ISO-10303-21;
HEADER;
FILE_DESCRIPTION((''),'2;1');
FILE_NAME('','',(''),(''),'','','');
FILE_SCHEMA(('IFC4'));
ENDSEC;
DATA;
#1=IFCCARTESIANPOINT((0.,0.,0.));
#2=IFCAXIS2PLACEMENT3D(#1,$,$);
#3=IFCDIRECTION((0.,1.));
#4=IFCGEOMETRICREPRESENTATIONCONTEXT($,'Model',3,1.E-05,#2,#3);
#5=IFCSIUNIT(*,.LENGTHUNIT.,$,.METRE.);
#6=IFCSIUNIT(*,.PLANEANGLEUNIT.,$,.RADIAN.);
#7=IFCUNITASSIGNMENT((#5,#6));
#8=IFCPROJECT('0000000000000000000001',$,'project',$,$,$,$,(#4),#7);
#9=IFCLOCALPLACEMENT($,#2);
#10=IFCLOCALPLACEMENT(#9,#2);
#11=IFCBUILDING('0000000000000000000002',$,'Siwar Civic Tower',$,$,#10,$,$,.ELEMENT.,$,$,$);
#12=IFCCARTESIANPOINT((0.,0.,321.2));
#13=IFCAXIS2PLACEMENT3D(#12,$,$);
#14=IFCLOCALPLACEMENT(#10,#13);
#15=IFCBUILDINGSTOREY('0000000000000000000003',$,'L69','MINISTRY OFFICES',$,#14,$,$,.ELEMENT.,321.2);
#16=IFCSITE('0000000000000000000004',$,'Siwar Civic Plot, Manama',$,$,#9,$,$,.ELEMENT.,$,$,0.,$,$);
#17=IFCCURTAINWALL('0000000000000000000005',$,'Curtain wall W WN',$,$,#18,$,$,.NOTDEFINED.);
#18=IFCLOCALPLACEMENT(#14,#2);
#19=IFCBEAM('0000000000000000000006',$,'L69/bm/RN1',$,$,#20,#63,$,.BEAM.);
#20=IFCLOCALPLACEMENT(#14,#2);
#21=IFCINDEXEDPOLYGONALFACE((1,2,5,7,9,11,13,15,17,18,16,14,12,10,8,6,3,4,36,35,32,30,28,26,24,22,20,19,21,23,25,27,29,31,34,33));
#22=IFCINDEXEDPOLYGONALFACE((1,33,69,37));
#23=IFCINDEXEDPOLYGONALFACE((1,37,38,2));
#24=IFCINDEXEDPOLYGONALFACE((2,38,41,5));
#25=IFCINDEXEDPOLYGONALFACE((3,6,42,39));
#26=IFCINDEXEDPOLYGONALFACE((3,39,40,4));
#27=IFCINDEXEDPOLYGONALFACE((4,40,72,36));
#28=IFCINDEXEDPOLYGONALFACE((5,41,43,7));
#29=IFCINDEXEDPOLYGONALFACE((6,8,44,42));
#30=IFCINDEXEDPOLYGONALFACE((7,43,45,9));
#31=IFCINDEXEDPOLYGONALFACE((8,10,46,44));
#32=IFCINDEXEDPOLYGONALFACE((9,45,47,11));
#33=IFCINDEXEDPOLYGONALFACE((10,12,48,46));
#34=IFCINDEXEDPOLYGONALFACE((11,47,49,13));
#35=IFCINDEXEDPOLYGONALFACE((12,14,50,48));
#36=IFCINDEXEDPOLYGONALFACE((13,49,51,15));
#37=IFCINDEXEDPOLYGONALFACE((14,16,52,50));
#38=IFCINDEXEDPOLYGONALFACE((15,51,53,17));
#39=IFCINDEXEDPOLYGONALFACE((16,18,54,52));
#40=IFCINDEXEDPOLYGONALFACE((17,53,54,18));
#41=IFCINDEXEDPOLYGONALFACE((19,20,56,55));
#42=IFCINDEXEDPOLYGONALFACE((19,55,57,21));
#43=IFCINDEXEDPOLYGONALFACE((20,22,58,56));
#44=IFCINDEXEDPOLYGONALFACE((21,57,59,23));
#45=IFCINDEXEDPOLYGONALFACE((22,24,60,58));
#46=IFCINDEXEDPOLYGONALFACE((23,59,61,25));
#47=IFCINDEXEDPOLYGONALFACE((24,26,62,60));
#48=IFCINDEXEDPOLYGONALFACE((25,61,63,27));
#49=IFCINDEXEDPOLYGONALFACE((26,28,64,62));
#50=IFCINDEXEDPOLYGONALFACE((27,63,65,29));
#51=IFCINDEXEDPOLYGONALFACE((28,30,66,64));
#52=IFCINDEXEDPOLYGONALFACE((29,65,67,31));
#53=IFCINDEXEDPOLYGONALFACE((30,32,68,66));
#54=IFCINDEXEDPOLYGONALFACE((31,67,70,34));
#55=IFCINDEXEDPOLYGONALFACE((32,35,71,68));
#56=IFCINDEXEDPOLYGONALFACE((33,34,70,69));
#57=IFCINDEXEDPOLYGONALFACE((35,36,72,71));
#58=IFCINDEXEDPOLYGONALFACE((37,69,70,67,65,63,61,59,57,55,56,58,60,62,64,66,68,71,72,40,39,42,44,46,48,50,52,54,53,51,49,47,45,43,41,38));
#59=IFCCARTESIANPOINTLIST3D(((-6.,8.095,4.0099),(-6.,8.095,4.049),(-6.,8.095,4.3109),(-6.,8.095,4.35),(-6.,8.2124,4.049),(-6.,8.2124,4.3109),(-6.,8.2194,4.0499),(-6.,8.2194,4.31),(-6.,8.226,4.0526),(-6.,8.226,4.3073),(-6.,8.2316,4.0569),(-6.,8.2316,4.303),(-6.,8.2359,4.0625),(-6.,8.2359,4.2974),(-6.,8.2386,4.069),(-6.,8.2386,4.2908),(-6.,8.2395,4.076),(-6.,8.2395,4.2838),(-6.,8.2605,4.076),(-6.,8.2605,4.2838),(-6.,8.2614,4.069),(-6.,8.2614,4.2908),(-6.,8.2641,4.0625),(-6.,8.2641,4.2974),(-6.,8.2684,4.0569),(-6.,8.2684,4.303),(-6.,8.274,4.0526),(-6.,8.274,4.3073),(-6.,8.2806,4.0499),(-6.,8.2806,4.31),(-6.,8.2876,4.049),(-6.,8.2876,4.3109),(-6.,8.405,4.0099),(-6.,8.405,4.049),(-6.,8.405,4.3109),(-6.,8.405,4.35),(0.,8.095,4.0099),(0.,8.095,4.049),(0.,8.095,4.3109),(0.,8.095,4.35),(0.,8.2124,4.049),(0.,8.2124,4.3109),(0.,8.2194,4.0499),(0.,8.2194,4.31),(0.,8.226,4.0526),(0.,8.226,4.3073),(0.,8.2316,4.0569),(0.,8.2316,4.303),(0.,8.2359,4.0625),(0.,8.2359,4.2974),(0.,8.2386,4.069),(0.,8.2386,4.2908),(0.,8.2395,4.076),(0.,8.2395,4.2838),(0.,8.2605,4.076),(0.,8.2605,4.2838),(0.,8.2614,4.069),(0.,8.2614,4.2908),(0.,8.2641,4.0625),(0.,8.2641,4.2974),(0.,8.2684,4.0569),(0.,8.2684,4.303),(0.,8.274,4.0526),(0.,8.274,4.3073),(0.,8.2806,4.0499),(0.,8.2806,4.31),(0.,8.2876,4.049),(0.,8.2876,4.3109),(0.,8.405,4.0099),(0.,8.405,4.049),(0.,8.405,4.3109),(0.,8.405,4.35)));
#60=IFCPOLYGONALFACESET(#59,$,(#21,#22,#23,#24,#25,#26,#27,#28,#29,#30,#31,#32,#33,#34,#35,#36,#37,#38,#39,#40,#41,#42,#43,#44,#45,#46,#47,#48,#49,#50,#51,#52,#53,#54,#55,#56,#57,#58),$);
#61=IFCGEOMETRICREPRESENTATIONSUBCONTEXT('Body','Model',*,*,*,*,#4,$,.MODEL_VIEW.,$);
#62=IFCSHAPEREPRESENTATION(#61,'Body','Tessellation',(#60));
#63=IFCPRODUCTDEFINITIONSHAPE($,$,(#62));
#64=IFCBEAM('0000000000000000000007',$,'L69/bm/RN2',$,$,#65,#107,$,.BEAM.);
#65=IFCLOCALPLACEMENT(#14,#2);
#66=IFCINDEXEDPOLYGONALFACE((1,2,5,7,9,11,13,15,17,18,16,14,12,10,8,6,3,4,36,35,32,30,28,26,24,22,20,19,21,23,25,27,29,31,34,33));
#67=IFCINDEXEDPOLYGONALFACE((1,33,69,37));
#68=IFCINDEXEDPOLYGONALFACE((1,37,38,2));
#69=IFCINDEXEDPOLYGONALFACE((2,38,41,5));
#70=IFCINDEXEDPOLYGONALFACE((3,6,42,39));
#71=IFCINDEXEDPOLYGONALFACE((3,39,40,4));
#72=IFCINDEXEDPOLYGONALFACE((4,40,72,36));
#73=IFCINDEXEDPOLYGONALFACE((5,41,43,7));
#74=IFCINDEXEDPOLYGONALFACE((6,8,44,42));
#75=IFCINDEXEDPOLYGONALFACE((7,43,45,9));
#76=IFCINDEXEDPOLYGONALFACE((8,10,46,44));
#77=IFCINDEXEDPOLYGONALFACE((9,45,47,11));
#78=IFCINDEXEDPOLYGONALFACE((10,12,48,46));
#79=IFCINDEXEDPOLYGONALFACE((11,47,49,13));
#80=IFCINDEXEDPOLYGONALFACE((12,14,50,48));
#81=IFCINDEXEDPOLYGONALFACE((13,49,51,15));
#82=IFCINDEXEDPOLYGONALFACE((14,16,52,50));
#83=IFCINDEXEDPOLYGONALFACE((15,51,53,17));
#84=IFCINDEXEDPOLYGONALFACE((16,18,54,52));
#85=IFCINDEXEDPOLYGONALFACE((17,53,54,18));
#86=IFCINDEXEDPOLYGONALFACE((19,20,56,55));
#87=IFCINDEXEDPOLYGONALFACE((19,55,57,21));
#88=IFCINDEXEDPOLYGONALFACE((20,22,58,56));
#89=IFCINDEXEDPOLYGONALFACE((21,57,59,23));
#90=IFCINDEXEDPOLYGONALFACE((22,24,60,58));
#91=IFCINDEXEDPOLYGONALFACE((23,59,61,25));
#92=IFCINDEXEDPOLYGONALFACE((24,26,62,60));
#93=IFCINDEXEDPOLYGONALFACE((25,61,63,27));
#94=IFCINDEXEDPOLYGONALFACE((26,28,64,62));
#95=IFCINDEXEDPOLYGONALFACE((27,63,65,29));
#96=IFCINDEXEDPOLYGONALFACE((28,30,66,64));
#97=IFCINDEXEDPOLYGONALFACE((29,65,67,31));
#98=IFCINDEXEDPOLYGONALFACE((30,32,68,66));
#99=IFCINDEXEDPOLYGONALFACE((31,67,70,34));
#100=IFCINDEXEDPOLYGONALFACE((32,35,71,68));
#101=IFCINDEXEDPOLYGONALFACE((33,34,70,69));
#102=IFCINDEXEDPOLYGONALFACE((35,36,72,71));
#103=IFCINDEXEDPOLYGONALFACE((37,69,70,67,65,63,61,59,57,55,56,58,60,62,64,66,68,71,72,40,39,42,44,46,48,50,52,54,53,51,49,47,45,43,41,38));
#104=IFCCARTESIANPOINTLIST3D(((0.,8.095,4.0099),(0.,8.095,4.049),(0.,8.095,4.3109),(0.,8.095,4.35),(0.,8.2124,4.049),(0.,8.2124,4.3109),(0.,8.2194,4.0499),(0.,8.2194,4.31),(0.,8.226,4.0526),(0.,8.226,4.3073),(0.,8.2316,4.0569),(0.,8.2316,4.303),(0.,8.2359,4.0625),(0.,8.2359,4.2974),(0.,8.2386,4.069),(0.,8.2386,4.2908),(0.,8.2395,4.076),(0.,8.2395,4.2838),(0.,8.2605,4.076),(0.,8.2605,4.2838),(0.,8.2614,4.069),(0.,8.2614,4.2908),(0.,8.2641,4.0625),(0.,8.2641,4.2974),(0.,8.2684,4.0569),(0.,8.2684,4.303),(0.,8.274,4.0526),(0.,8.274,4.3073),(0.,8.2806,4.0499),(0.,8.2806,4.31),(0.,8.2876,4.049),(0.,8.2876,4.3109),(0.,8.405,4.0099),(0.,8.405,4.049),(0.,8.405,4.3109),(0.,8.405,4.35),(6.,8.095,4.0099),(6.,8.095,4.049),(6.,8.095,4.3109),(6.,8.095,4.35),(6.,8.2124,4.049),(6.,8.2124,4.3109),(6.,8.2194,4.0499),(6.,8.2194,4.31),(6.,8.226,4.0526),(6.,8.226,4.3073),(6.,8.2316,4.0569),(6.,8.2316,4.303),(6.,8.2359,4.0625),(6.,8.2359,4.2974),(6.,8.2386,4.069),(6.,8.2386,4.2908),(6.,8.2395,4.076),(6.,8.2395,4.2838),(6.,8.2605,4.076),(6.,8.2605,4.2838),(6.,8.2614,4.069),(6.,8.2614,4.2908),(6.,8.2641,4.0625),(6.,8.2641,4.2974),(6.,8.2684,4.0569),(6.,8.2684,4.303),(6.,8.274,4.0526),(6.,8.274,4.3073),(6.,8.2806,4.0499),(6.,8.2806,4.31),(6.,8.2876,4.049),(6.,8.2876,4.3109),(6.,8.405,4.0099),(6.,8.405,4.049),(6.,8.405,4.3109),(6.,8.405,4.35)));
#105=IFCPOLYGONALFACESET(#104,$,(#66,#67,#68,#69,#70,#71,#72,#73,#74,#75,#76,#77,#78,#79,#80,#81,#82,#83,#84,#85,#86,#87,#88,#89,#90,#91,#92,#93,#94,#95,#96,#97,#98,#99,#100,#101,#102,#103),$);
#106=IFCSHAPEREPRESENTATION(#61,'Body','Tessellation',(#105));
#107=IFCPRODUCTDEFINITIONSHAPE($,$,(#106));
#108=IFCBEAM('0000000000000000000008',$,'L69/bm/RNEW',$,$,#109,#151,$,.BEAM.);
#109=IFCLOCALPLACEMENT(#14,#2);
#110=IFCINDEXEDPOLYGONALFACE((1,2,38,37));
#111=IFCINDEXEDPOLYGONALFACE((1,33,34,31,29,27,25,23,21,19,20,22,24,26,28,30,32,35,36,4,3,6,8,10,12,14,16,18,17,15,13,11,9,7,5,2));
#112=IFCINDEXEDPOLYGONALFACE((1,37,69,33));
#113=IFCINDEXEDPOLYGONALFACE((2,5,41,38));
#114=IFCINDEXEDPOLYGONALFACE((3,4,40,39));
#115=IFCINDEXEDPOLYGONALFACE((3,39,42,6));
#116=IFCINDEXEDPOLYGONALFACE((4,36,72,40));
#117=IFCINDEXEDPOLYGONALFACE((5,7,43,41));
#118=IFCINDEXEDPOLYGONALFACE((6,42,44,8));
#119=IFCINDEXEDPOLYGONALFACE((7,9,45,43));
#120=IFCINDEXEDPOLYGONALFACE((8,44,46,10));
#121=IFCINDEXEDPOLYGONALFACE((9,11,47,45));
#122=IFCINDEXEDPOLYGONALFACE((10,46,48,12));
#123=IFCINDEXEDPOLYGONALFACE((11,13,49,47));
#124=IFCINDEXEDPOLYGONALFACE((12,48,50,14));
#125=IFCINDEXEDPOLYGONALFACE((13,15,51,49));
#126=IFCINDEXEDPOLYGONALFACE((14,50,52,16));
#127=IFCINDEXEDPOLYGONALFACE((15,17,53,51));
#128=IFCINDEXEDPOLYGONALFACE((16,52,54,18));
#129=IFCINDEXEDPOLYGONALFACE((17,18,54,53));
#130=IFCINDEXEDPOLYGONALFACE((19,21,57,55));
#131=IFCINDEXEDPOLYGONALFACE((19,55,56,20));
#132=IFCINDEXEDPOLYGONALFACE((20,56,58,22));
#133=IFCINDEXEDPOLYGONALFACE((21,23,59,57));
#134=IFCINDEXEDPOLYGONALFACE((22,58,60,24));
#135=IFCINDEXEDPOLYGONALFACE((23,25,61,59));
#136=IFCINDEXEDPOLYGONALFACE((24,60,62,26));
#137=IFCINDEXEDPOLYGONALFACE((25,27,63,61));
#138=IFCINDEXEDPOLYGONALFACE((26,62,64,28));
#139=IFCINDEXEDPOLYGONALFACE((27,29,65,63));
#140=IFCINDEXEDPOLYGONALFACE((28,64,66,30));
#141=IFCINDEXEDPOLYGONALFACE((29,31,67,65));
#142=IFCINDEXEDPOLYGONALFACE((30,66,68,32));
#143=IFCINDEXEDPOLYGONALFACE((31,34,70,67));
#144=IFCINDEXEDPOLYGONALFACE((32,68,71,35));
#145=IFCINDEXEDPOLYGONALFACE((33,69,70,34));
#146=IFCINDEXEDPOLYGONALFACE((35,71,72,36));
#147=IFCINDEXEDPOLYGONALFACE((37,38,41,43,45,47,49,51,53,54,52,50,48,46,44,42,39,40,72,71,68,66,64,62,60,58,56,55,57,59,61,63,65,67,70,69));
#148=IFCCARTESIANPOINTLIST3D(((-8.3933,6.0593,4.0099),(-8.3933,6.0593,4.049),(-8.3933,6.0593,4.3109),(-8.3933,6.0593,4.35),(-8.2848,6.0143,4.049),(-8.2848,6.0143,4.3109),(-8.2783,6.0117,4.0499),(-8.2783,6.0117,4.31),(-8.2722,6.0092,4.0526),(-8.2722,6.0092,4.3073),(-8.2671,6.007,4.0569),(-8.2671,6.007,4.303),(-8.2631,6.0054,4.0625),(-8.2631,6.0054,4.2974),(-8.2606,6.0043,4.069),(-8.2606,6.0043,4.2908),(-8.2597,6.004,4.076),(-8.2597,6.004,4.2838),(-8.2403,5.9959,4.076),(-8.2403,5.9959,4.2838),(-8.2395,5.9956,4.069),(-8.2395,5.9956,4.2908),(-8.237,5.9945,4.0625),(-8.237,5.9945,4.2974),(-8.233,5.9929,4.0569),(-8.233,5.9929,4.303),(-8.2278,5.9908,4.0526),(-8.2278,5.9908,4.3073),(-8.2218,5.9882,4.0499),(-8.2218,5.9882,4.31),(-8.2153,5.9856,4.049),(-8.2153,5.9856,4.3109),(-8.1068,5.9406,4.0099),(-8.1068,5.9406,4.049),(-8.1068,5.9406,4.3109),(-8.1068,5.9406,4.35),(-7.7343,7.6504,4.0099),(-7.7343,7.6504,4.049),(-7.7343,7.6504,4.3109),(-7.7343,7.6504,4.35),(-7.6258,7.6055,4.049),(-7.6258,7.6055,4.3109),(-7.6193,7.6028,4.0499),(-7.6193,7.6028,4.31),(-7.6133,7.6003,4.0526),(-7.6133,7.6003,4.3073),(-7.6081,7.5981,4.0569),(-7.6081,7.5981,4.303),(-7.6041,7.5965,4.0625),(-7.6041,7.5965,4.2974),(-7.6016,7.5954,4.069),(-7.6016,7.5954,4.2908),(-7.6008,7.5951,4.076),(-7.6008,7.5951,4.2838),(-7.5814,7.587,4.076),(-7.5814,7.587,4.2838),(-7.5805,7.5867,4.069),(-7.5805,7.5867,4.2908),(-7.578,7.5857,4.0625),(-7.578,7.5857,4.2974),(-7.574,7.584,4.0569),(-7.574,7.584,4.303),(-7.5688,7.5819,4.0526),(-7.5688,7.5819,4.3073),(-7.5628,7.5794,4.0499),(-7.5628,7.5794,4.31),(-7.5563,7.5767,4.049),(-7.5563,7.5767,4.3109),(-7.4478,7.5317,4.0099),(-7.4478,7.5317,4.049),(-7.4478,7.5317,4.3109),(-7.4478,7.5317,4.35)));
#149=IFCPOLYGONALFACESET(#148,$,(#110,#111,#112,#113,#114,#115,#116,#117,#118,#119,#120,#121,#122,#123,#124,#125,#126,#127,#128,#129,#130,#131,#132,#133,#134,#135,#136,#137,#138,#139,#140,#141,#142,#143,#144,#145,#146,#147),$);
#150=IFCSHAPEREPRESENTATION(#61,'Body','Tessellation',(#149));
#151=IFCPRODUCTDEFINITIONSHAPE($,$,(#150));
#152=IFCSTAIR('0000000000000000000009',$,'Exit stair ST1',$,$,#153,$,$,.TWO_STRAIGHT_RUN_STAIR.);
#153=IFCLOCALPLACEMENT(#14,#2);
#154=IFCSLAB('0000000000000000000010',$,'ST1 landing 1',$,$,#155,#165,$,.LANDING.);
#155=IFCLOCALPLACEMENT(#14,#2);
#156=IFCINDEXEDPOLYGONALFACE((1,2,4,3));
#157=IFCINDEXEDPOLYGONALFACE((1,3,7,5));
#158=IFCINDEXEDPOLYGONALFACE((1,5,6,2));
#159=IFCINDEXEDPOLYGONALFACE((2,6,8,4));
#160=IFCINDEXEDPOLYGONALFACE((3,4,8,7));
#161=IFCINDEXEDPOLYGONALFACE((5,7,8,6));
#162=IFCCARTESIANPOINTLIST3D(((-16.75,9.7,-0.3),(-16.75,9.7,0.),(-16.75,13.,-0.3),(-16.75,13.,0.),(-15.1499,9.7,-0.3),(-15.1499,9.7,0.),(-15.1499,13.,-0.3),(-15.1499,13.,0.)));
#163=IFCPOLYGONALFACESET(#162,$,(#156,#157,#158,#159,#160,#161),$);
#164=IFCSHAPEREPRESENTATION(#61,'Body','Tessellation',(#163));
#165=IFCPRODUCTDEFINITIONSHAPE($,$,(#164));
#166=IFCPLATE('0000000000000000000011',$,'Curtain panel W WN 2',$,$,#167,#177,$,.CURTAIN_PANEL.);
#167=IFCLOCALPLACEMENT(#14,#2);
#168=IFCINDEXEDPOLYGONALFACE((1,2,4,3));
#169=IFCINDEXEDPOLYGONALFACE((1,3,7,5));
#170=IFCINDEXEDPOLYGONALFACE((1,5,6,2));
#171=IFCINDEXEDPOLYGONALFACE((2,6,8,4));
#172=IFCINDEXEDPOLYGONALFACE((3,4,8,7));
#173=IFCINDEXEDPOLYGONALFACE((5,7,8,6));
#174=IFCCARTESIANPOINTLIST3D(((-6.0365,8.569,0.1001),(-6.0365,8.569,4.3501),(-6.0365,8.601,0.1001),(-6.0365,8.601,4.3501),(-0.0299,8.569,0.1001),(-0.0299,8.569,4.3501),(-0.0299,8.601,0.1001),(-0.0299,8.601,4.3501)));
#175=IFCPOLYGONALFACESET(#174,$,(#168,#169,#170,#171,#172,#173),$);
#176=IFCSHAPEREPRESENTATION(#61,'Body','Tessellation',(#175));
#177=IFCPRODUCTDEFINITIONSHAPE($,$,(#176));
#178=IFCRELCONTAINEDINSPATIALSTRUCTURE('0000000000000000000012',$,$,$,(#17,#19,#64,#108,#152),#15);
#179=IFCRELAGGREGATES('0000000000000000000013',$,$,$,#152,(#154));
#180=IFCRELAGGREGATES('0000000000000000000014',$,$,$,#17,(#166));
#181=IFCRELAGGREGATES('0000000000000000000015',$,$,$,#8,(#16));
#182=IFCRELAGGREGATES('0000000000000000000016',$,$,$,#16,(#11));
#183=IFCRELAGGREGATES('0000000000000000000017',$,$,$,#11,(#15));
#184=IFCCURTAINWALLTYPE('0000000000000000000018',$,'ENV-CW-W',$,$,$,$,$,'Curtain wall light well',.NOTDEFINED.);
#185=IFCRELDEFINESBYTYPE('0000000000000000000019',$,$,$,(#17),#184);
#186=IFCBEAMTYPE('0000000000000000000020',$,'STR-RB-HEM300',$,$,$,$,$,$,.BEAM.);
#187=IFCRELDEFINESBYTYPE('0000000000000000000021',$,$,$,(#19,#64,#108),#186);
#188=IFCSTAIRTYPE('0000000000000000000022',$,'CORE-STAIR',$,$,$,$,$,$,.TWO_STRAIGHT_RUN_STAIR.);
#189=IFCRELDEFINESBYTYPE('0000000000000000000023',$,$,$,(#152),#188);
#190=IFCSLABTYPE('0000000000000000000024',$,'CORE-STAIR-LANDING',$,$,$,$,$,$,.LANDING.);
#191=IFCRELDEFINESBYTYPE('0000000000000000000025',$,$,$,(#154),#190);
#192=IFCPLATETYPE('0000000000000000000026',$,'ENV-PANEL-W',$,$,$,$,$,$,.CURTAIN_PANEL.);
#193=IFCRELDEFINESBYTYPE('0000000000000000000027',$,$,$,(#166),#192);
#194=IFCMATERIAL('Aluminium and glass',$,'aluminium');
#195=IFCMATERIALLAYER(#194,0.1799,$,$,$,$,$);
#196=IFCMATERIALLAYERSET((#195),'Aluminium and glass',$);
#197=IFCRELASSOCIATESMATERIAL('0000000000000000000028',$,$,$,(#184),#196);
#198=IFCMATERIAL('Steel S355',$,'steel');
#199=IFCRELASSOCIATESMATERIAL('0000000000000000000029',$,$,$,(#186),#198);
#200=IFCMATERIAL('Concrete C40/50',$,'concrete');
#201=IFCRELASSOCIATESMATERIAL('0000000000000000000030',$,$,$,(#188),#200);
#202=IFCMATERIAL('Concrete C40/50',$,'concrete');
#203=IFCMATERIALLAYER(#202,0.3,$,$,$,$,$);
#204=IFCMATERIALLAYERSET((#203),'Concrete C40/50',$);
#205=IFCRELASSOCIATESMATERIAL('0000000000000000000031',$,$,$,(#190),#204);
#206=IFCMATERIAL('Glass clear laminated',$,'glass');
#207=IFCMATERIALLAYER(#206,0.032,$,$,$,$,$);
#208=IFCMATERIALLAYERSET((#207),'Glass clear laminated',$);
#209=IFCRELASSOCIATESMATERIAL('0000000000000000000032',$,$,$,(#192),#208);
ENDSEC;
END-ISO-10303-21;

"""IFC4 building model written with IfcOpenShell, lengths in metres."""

from ifc_helpers import new_model, si_unit, direction, frame, origin, origin_2d, place, context, subcontext, project, spatial, polyline, rectangle, i_section, outline, extrude, material, layer, layer_set, material_profile, profile_set, type_object, element, aggregate, save


model = new_model("IFC4")

# Units and contexts
model_context = context("Model", 3, precision=1e-05, world=origin(), true_north=direction((0.0, 1.0)))
body_context = subcontext(model_context, "Body", "Model", "MODEL_VIEW")
ifc_project = project(units=[si_unit("LENGTHUNIT", "METRE"), si_unit("PLANEANGLEUNIT", "RADIAN")], contexts=[model_context])

# Site, building, storey
site_placement = place(None, origin())
site = spatial("IfcSite", under=ifc_project, at=site_placement, Name="Siwar Civic Plot, Manama", CompositionType="ELEMENT", RefElevation=0.0)
building_placement = place(site_placement, origin())
building = spatial("IfcBuilding", under=site, at=building_placement, Name="Siwar Civic Tower", CompositionType="ELEMENT")
storey_placement = place(building_placement, frame((0.0, 0.0, 321.2)))
storey = spatial("IfcBuildingStorey", under=building, at=storey_placement, Name="L69", Description="MINISTRY OFFICES", CompositionType="ELEMENT", Elevation=321.2)

# Curtain wall
ifc_material_1 = material(Name="Aluminium and glass", Category="aluminium")
ifc_layer_1 = layer(ifc_material_1, 0.1799)
ifc_layer_set_1 = layer_set([ifc_layer_1], Name="Aluminium and glass")
curtain_wall_type = type_object("IfcCurtainWallType", Name="ENV-CW-W", ElementType="Curtain wall light well", PredefinedType="NOTDEFINED", material=ifc_layer_set_1)
curtain_wall_placement = place(storey_placement, origin())
curtain_wall = element("IfcCurtainWall", 1, at=curtain_wall_placement, inside=storey, type_object=curtain_wall_type, Name="Curtain wall W WN", PredefinedType="NOTDEFINED")

# Beams
ifc_material_2 = material(Name="Steel S355", Category="steel")
ifc_material_profile_1 = material_profile(ifc_material_2, i_section(OverallWidth=0.3101, OverallDepth=0.3401, WebThickness=0.021, FlangeThickness=0.0391, FilletRadius=0.0271, at=origin_2d()), Name="HEM300")
ifc_profile_set_1 = profile_set([ifc_material_profile_1], Name="Steel S355")
beam_type_1 = type_object("IfcBeamType", Name="STR-RB-HEM300", PredefinedType="BEAM", material=ifc_profile_set_1)
for number, where, z_axis, x_axis, name in (
    (2, (-6.0, 8.25, 4.1799), (1.0, 0.0, 0.0), (0.0, 1.0, 0.0), "L69/bm/RN1"),
    (3, (0.0, 8.25, 4.1799), (1.0, 0.0, 0.0), (0.0, 1.0, 0.0), "L69/bm/RN2"),
):
    element("IfcBeam", number, at=place(storey_placement, frame(where, z_axis=z_axis, x_axis=x_axis)), inside=storey, type_object=beam_type_1, Name=name, PredefinedType="BEAM", context=body_context, shape_type="SweptSolid", body=[
        extrude(i_section(OverallWidth=0.3101, OverallDepth=0.3401, WebThickness=0.021, FlangeThickness=0.0391, FilletRadius=0.0271, at=origin_2d()), origin(), (0.0, 0.0, 1.0), 6.0),
    ])
beam_1_placement = place(storey_placement, frame((-7.5911, 7.5911, 4.1799), z_axis=(-0.382631, -0.923901, 0.0), x_axis=(0.923901, -0.382631, 0.0)))
element("IfcBeam", 4, at=beam_1_placement, inside=storey, type_object=beam_type_1, Name="L69/bm/RNEW", PredefinedType="BEAM", context=body_context, shape_type="SweptSolid", body=[
    extrude(i_section(OverallWidth=0.3101, OverallDepth=0.3401, WebThickness=0.021, FlangeThickness=0.0391, FilletRadius=0.0271, at=origin_2d()), origin(), (0.0, 0.0, 1.0), 1.7222),
])

# Stair, slab
ifc_material_3 = material(Name="Concrete C40/50", Category="concrete")
stair_type = type_object("IfcStairType", Name="CORE-STAIR", PredefinedType="TWO_STRAIGHT_RUN_STAIR", material=ifc_material_3)
stair_placement = place(storey_placement, origin())
stair = element("IfcStair", 5, at=stair_placement, inside=storey, type_object=stair_type, Name="Exit stair ST1", PredefinedType="TWO_STRAIGHT_RUN_STAIR")
ifc_material_4 = material(Name="Concrete C40/50", Category="concrete")
ifc_layer_2 = layer(ifc_material_4, 0.3)
ifc_layer_set_2 = layer_set([ifc_layer_2], Name="Concrete C40/50")
slab_type_1 = type_object("IfcSlabType", Name="CORE-STAIR-LANDING", PredefinedType="LANDING", material=ifc_layer_set_2)
slab_1_placement = place(storey_placement, frame((0.0, 0.0, -0.3)))
slab_1 = element("IfcSlab", 6, at=slab_1_placement, type_object=slab_type_1, Name="ST1 landing 1", PredefinedType="LANDING", context=body_context, shape_type="SweptSolid", body=[
    extrude(outline(polyline([(-15.1499, 13.0), (-16.75, 13.0), (-16.75, 9.7), (-15.1499, 9.7), (-15.1499, 13.0)])), origin(), (0.0, 0.0, 1.0), 0.3),
])
aggregate(stair, [slab_1])

# Plate
ifc_material_5 = material(Name="Glass clear laminated", Category="glass")
ifc_layer_3 = layer(ifc_material_5, 0.032)
ifc_layer_set_3 = layer_set([ifc_layer_3], Name="Glass clear laminated")
plate_type = type_object("IfcPlateType", Name="ENV-PANEL-W", PredefinedType="CURTAIN_PANEL", material=ifc_layer_set_3)
plate_placement = place(storey_placement, frame((-3.0332, 8.585, 0.1001), z_axis=(0.0, 0.0, 1.0), x_axis=(-1.0, 0.0, 0.0)))
plate = element("IfcPlate", 7, at=plate_placement, type_object=plate_type, Name="Curtain panel W WN 2", PredefinedType="CURTAIN_PANEL", context=body_context, shape_type="SweptSolid", body=[
    extrude(rectangle(XDim=6.0066, YDim=0.032, at=origin_2d()), origin(), (0.0, 0.0, 1.0), 4.25),
])
aggregate(curtain_wall, [plate])

save(model, "model.ifc")
